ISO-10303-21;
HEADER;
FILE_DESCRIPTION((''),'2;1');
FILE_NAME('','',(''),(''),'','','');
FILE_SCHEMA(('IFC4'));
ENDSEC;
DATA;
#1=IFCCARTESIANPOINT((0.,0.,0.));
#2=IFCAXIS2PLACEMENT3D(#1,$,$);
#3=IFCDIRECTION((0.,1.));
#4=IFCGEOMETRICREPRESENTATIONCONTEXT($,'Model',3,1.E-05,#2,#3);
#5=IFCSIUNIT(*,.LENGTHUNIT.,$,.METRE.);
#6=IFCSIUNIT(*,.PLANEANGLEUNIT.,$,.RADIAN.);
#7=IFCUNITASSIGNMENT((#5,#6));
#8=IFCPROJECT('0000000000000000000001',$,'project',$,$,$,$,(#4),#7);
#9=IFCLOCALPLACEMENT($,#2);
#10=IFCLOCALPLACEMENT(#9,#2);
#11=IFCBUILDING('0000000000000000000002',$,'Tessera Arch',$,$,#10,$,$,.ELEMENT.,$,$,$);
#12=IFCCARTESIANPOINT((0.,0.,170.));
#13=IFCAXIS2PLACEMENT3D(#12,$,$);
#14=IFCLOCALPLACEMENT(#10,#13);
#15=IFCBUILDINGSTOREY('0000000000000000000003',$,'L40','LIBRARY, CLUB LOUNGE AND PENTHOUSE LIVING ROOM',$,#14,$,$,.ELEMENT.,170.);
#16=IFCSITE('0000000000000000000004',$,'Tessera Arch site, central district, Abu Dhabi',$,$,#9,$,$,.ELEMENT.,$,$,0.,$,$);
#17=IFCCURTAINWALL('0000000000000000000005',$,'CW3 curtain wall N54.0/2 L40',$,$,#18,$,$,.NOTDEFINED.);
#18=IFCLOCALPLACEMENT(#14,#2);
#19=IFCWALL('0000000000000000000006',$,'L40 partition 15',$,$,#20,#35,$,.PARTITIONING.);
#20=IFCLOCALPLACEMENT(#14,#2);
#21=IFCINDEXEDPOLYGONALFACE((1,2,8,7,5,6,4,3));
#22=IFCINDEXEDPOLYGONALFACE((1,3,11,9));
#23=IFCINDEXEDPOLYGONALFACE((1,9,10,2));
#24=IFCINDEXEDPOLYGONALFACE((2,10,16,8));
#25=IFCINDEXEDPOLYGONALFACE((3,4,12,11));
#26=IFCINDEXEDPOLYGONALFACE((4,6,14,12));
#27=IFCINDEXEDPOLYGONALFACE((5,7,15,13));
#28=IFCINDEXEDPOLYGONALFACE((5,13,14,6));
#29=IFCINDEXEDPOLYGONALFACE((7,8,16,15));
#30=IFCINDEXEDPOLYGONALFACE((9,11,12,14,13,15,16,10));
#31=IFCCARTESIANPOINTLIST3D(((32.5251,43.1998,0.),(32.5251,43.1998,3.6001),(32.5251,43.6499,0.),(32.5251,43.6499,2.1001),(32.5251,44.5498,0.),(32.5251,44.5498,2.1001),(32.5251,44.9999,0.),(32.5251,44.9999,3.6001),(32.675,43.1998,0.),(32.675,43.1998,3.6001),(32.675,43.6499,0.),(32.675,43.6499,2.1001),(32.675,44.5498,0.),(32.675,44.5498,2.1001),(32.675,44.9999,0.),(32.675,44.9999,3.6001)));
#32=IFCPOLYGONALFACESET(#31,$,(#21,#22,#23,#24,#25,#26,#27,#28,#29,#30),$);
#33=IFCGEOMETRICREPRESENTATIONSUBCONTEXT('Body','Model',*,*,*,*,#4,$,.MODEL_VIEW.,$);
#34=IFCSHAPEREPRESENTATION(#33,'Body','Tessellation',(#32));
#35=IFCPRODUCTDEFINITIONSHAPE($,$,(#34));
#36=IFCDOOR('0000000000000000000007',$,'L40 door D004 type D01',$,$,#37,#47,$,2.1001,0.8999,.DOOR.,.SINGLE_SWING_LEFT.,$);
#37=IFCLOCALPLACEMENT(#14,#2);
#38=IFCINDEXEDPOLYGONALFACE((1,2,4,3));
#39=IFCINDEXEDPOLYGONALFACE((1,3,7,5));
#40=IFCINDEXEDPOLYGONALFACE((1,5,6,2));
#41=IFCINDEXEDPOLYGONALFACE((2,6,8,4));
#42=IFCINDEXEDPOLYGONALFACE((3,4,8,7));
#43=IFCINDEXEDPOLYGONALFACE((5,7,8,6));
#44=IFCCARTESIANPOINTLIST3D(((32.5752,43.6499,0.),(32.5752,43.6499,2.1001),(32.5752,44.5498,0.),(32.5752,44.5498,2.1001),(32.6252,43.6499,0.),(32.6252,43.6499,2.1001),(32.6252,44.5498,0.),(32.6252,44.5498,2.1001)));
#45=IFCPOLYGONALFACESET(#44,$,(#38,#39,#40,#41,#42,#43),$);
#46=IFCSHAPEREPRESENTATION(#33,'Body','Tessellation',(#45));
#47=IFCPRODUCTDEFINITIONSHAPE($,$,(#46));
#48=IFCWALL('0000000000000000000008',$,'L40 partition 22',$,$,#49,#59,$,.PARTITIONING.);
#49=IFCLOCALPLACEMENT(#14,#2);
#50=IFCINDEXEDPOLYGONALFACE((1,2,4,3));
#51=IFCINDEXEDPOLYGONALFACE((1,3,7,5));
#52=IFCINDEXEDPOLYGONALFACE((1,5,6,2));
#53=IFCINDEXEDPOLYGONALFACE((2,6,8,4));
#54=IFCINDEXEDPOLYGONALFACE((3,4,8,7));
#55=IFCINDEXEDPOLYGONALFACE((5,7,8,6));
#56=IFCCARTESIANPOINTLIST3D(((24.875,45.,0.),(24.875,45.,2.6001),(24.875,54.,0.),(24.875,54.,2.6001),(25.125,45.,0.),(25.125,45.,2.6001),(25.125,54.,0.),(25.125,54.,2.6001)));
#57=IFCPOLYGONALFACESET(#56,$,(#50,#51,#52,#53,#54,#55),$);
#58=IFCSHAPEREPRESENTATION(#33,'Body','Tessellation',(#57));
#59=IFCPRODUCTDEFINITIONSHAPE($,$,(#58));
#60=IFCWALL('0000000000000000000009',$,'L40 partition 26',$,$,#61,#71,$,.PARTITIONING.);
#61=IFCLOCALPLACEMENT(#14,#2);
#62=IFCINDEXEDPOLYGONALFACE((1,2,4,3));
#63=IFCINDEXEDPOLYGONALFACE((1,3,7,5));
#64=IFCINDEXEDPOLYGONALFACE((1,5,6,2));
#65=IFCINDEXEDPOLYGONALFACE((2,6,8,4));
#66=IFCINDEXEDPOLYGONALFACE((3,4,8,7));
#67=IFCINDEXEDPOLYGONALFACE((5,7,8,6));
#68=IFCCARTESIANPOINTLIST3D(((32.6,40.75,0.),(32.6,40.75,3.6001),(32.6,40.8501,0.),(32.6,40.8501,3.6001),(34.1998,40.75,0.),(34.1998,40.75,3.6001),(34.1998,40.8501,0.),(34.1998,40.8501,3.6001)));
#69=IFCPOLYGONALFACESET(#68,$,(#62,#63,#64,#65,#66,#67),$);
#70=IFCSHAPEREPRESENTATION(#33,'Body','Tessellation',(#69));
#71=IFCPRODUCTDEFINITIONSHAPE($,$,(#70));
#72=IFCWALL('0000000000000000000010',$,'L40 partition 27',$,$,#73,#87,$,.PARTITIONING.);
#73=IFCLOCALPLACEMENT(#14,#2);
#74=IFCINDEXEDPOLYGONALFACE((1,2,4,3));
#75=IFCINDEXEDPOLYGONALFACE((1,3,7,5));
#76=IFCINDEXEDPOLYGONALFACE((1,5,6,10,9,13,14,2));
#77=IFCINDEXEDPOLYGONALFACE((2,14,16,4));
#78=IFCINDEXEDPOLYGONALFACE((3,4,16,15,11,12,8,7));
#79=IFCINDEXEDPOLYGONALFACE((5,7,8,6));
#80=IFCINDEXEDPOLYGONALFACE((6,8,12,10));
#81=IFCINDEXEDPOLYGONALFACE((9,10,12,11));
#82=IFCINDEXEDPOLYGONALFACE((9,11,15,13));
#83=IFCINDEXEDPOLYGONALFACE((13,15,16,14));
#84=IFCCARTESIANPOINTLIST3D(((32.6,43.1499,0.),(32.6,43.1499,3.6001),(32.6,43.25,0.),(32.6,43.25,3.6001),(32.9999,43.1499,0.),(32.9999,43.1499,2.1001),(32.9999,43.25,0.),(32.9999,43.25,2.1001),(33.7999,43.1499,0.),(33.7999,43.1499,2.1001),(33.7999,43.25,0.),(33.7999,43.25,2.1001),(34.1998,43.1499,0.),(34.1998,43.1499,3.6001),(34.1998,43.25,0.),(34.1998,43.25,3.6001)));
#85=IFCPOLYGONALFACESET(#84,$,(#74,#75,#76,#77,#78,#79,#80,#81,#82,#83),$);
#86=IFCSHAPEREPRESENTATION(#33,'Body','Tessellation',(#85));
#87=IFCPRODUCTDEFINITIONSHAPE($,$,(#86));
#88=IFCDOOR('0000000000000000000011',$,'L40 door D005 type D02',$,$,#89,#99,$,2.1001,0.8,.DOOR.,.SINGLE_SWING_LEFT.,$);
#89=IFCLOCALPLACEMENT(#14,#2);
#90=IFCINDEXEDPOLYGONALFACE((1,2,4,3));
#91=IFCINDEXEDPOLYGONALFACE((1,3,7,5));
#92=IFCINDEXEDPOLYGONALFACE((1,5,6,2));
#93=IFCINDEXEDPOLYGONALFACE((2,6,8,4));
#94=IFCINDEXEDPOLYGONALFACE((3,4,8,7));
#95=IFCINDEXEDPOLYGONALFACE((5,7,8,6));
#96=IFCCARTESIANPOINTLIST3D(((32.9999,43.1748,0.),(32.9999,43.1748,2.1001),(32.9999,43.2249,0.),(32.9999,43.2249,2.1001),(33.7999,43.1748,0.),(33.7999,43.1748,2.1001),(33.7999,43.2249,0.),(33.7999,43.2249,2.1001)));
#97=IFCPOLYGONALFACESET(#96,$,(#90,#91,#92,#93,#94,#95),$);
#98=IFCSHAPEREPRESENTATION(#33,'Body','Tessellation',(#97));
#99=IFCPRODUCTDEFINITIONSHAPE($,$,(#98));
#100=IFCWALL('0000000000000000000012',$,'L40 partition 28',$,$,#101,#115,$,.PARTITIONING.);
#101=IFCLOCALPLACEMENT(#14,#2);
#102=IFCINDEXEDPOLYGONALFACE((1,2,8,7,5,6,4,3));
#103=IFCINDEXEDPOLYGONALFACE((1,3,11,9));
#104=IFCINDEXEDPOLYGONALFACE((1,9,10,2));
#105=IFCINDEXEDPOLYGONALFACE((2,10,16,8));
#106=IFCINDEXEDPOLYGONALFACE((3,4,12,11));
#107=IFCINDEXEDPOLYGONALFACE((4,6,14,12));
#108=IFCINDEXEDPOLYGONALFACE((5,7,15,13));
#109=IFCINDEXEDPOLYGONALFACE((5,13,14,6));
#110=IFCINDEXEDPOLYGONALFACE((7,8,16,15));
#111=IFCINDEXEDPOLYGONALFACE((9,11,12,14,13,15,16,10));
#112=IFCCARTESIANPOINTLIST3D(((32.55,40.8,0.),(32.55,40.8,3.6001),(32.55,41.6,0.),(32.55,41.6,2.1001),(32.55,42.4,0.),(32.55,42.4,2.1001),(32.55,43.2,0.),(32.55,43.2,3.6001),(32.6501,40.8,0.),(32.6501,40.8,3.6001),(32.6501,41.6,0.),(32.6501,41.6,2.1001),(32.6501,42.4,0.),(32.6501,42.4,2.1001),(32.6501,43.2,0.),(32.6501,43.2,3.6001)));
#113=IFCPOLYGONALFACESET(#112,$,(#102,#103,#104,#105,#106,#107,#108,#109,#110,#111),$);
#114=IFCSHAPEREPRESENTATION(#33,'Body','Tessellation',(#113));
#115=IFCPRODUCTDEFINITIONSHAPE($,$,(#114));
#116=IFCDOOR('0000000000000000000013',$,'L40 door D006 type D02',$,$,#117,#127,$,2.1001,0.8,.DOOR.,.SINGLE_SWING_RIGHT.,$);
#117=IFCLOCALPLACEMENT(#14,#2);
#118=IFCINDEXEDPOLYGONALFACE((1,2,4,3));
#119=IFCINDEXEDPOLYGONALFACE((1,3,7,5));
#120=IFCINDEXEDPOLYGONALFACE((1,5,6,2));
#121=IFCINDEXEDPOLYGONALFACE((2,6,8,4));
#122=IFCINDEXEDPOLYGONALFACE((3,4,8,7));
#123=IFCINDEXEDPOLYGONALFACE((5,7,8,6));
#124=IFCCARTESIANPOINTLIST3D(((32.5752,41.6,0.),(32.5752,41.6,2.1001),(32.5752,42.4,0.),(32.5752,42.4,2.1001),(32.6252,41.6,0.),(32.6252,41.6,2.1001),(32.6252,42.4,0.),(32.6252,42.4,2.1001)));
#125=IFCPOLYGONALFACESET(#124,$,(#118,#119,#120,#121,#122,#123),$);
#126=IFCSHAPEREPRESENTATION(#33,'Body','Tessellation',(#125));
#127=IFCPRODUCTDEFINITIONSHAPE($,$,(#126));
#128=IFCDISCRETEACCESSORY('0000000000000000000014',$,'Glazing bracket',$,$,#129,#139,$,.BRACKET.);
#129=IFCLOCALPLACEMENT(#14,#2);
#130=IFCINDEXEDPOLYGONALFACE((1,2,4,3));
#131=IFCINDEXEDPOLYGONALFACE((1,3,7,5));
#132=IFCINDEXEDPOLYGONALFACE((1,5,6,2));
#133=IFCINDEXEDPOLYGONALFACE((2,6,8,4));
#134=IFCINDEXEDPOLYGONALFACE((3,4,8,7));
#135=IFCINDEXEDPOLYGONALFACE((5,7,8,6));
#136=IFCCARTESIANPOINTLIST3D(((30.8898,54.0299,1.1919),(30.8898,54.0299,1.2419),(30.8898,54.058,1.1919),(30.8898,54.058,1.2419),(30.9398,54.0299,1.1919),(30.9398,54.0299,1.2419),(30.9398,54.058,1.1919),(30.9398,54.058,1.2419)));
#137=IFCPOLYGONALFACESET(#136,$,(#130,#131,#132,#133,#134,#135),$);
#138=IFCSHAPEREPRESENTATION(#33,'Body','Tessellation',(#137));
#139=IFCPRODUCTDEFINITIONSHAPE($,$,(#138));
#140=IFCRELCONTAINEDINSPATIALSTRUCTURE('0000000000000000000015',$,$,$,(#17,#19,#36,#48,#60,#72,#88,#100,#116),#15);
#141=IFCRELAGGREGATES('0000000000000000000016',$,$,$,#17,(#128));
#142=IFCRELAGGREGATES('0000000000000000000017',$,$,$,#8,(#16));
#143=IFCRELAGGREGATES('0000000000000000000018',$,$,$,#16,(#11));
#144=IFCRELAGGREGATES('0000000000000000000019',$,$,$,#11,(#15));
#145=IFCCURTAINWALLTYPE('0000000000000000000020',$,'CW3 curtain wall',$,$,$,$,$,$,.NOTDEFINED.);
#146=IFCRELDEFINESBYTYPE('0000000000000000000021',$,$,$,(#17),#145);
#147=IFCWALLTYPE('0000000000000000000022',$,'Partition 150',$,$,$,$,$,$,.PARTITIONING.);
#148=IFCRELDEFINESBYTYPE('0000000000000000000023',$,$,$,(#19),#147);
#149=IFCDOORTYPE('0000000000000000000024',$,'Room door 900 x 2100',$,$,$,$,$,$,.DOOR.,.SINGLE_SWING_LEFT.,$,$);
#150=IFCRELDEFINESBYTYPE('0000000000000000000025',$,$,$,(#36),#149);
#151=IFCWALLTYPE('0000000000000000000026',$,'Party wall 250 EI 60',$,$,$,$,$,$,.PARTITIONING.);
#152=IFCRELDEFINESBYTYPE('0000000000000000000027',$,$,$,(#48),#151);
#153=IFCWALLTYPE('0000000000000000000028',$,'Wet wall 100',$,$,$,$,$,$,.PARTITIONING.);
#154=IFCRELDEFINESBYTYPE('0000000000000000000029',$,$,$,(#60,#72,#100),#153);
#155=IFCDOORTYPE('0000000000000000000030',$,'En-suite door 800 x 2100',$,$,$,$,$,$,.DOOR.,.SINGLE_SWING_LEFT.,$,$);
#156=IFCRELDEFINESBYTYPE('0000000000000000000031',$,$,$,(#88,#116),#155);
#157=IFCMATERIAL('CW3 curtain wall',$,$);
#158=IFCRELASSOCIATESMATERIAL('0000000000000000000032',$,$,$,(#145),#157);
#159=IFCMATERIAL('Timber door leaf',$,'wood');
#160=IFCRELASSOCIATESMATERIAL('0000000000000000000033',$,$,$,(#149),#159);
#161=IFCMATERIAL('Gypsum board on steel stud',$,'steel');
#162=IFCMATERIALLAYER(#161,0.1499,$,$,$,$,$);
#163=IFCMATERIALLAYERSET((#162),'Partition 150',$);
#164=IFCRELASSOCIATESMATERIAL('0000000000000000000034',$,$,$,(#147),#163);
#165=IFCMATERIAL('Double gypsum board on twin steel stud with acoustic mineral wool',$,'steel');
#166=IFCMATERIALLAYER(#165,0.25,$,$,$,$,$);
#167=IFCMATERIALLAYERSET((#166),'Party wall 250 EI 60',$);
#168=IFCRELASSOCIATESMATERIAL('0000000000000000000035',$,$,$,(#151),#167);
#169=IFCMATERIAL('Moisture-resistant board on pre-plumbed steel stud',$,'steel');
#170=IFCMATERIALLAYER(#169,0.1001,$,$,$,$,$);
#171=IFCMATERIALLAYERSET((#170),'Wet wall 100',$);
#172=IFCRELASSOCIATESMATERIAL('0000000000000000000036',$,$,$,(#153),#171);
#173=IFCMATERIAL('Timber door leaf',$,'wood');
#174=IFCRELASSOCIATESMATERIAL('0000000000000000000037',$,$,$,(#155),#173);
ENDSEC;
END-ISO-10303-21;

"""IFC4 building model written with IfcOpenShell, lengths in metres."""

from ifc_helpers import new_model, si_unit, direction, frame, frame_2d, origin, origin_2d, place, context, subcontext, project, spatial, rectangle, extrude, material, layer, layer_set, type_object, element, fill, aggregate, save


model = new_model("IFC4")

# Units and contexts
model_context = context("Model", 3, precision=1e-05, world=origin(), true_north=direction((0.0, 1.0)))
body_context = subcontext(model_context, "Body", "Model", "MODEL_VIEW")
ifc_project = project(units=[si_unit("LENGTHUNIT", "METRE"), si_unit("PLANEANGLEUNIT", "RADIAN")], contexts=[model_context])

# Site, building, storey
site_placement = place(None, origin())
site = spatial("IfcSite", under=ifc_project, at=site_placement, Name="Tessera Arch site, central district, Abu Dhabi", CompositionType="ELEMENT", RefElevation=0.0)
building_placement = place(site_placement, origin())
building = spatial("IfcBuilding", under=site, at=building_placement, Name="Tessera Arch", CompositionType="ELEMENT")
storey_placement = place(building_placement, frame((0.0, 0.0, 170.0)))
storey = spatial("IfcBuildingStorey", under=building, at=storey_placement, Name="L40", Description="LIBRARY, CLUB LOUNGE AND PENTHOUSE LIVING ROOM", CompositionType="ELEMENT", Elevation=170.0)

# Curtain wall
ifc_material_1 = material(Name="CW3 curtain wall")
curtain_wall_type_1 = type_object("IfcCurtainWallType", Name="CW3 curtain wall", PredefinedType="NOTDEFINED", material=ifc_material_1)
curtain_wall_1_placement = place(storey_placement, origin())
curtain_wall_1 = element("IfcCurtainWall", 1, at=curtain_wall_1_placement, inside=storey, type_object=curtain_wall_type_1, Name="CW3 curtain wall N54.0/2 L40", PredefinedType="NOTDEFINED")

# Wall, opening, door
ifc_material_2 = material(Name="Timber door leaf", Category="wood")
door_type_1 = type_object("IfcDoorType", Name="Room door 900 x 2100", OperationType="SINGLE_SWING_LEFT", PredefinedType="DOOR", material=ifc_material_2)
ifc_material_3 = material(Name="Gypsum board on steel stud", Category="steel")
ifc_layer_1 = layer(ifc_material_3, 0.1499)
ifc_layer_set_1 = layer_set([ifc_layer_1], Name="Partition 150")
wall_type_1 = type_object("IfcWallType", Name="Partition 150", PredefinedType="PARTITIONING", material=ifc_layer_set_1)
wall_1_placement = place(storey_placement, frame((32.6001, 43.2, 0.0), z_axis=(0.0, 0.0, 1.0), x_axis=(0.0, 1.0, 0.0)))
wall_1 = element("IfcWall", 2, at=wall_1_placement, inside=storey, type_object=wall_type_1, Name="L40 partition 15", PredefinedType="PARTITIONING", context=body_context, shape_type="SweptSolid", body=[
    extrude(rectangle(XDim=1.8, YDim=0.1499, at=frame_2d((0.8999, 0.0))), origin(), (0.0, 0.0, 1.0), 3.6001),
])
opening_1_placement = place(wall_1_placement, frame((0.45, 0.0, 0.0)))
opening_1 = element("IfcOpeningElement", 3, at=opening_1_placement, cuts=wall_1, PredefinedType="OPENING", context=body_context, shape_type="SweptSolid", body=[
    extrude(rectangle(XDim=0.8999, YDim=2.1001, at=frame_2d((0.45, 1.05))), frame((0.0, 0.085, 0.0), z_axis=(0.0, -1.0, 0.0), x_axis=(1.0, 0.0, 0.0)), (0.0, 0.0, 1.0), 0.1699),
])
door_1_placement = place(opening_1_placement, origin())
door_1 = element("IfcDoor", 4, at=door_1_placement, inside=storey, type_object=door_type_1, Name="L40 door D004 type D01", OperationType="SINGLE_SWING_LEFT", OverallHeight=2.1001, OverallWidth=0.8999, PredefinedType="DOOR", context=body_context, shape_type="SweptSolid", body=[
    extrude(rectangle(XDim=0.8999, YDim=2.1001, at=frame_2d((0.45, 1.05))), frame((0.0, 0.0249, 0.0), z_axis=(0.0, -1.0, 0.0), x_axis=(1.0, 0.0, 0.0)), (0.0, 0.0, 1.0), 0.05),
])
fill(opening_1, door_1)

# Walls
ifc_material_4 = material(Name="Double gypsum board on twin steel stud with acoustic mineral wool", Category="steel")
ifc_layer_2 = layer(ifc_material_4, 0.25)
ifc_layer_set_2 = layer_set([ifc_layer_2], Name="Party wall 250 EI 60")
wall_type_2 = type_object("IfcWallType", Name="Party wall 250 EI 60", PredefinedType="PARTITIONING", material=ifc_layer_set_2)
wall_2_placement = place(storey_placement, frame((25.0, 45.0, 0.0), z_axis=(0.0, 0.0, 1.0), x_axis=(0.0, 1.0, 0.0)))
element("IfcWall", 5, at=wall_2_placement, inside=storey, type_object=wall_type_2, Name="L40 partition 22", PredefinedType="PARTITIONING", context=body_context, shape_type="SweptSolid", body=[
    extrude(rectangle(XDim=9.0, YDim=0.25, at=frame_2d((4.5, 0.0))), origin(), (0.0, 0.0, 1.0), 2.6001),
])
ifc_material_5 = material(Name="Moisture-resistant board on pre-plumbed steel stud", Category="steel")
ifc_layer_3 = layer(ifc_material_5, 0.1001)
ifc_layer_set_3 = layer_set([ifc_layer_3], Name="Wet wall 100")
wall_type_3 = type_object("IfcWallType", Name="Wet wall 100", PredefinedType="PARTITIONING", material=ifc_layer_set_3)
wall_3_placement = place(storey_placement, frame((32.6001, 40.8, 0.0), z_axis=(0.0, 0.0, 1.0), x_axis=(1.0, 0.0, 0.0)))
element("IfcWall", 6, at=wall_3_placement, inside=storey, type_object=wall_type_3, Name="L40 partition 26", PredefinedType="PARTITIONING", context=body_context, shape_type="SweptSolid", body=[
    extrude(rectangle(XDim=1.5999, YDim=0.1001, at=frame_2d((0.7998, 0.0))), origin(), (0.0, 0.0, 1.0), 3.6001),
])

# Walls, openings, doors
wall_4_placement = place(storey_placement, frame((32.6001, 43.2, 0.0), z_axis=(0.0, 0.0, 1.0), x_axis=(1.0, 0.0, 0.0)))
wall_4 = element("IfcWall", 7, at=wall_4_placement, inside=storey, type_object=wall_type_3, Name="L40 partition 27", PredefinedType="PARTITIONING", context=body_context, shape_type="SweptSolid", body=[
    extrude(rectangle(XDim=1.5999, YDim=0.1001, at=frame_2d((0.7998, 0.0))), origin(), (0.0, 0.0, 1.0), 3.6001),
])
opening_2_placement = place(wall_4_placement, frame((0.3999, 0.0, 0.0)))
opening_2 = element("IfcOpeningElement", 8, at=opening_2_placement, cuts=wall_4, PredefinedType="OPENING", context=body_context, shape_type="SweptSolid", body=[
    extrude(rectangle(XDim=0.8, YDim=2.1001, at=frame_2d((0.3999, 1.05))), frame((0.0, 0.0601, 0.0), z_axis=(0.0, -1.0, 0.0), x_axis=(1.0, 0.0, 0.0)), (0.0, 0.0, 1.0), 0.1201),
])
ifc_material_6 = material(Name="Timber door leaf", Category="wood")
door_type_2 = type_object("IfcDoorType", Name="En-suite door 800 x 2100", OperationType="SINGLE_SWING_LEFT", PredefinedType="DOOR", material=ifc_material_6)
door_2_placement = place(opening_2_placement, origin())
door_2 = element("IfcDoor", 9, at=door_2_placement, inside=storey, type_object=door_type_2, Name="L40 door D005 type D02", OperationType="SINGLE_SWING_LEFT", OverallHeight=2.1001, OverallWidth=0.8, PredefinedType="DOOR", context=body_context, shape_type="SweptSolid", body=[
    extrude(rectangle(XDim=0.8, YDim=2.1001, at=frame_2d((0.3999, 1.05))), frame((0.0, 0.0249, 0.0), z_axis=(0.0, -1.0, 0.0), x_axis=(1.0, 0.0, 0.0)), (0.0, 0.0, 1.0), 0.05),
])
fill(opening_2, door_2)
wall_5_placement = place(storey_placement, frame((32.6001, 40.8, 0.0), z_axis=(0.0, 0.0, 1.0), x_axis=(0.0, 1.0, 0.0)))
wall_5 = element("IfcWall", 10, at=wall_5_placement, inside=storey, type_object=wall_type_3, Name="L40 partition 28", PredefinedType="PARTITIONING", context=body_context, shape_type="SweptSolid", body=[
    extrude(rectangle(XDim=2.3999, YDim=0.1001, at=frame_2d((1.2, 0.0))), origin(), (0.0, 0.0, 1.0), 3.6001),
])
opening_3_placement = place(wall_5_placement, frame((0.8, 0.0, 0.0)))
opening_3 = element("IfcOpeningElement", 11, at=opening_3_placement, cuts=wall_5, PredefinedType="OPENING", context=body_context, shape_type="SweptSolid", body=[
    extrude(rectangle(XDim=0.8, YDim=2.1001, at=frame_2d((0.3999, 1.05))), frame((0.0, 0.0601, 0.0), z_axis=(0.0, -1.0, 0.0), x_axis=(1.0, 0.0, 0.0)), (0.0, 0.0, 1.0), 0.1201),
])
door_3_placement = place(opening_3_placement, origin())
door_3 = element("IfcDoor", 12, at=door_3_placement, inside=storey, type_object=door_type_2, Name="L40 door D006 type D02", OperationType="SINGLE_SWING_RIGHT", OverallHeight=2.1001, OverallWidth=0.8, PredefinedType="DOOR", context=body_context, shape_type="SweptSolid", body=[
    extrude(rectangle(XDim=0.8, YDim=2.1001, at=frame_2d((0.3999, 1.05))), frame((0.0, 0.0249, 0.0), z_axis=(0.0, -1.0, 0.0), x_axis=(1.0, 0.0, 0.0)), (0.0, 0.0, 1.0), 0.05),
])
fill(opening_3, door_3)

# Discrete accessory
discrete_accessory_placement = place(storey_placement, frame((30.9148, 54.0439, 1.1919), z_axis=(0.0, 0.0, 1.0), x_axis=(-1.0, 0.0, 0.0)))
discrete_accessory = element("IfcDiscreteAccessory", 13, at=discrete_accessory_placement, Name="Glazing bracket", PredefinedType="BRACKET", context=body_context, shape_type="SweptSolid", body=[
    extrude(rectangle(XDim=0.05, YDim=0.0281, at=origin_2d()), origin(), (0.0, 0.0, 1.0), 0.05),
])
aggregate(curtain_wall_1, [discrete_accessory])

save(model, "model.ifc")
